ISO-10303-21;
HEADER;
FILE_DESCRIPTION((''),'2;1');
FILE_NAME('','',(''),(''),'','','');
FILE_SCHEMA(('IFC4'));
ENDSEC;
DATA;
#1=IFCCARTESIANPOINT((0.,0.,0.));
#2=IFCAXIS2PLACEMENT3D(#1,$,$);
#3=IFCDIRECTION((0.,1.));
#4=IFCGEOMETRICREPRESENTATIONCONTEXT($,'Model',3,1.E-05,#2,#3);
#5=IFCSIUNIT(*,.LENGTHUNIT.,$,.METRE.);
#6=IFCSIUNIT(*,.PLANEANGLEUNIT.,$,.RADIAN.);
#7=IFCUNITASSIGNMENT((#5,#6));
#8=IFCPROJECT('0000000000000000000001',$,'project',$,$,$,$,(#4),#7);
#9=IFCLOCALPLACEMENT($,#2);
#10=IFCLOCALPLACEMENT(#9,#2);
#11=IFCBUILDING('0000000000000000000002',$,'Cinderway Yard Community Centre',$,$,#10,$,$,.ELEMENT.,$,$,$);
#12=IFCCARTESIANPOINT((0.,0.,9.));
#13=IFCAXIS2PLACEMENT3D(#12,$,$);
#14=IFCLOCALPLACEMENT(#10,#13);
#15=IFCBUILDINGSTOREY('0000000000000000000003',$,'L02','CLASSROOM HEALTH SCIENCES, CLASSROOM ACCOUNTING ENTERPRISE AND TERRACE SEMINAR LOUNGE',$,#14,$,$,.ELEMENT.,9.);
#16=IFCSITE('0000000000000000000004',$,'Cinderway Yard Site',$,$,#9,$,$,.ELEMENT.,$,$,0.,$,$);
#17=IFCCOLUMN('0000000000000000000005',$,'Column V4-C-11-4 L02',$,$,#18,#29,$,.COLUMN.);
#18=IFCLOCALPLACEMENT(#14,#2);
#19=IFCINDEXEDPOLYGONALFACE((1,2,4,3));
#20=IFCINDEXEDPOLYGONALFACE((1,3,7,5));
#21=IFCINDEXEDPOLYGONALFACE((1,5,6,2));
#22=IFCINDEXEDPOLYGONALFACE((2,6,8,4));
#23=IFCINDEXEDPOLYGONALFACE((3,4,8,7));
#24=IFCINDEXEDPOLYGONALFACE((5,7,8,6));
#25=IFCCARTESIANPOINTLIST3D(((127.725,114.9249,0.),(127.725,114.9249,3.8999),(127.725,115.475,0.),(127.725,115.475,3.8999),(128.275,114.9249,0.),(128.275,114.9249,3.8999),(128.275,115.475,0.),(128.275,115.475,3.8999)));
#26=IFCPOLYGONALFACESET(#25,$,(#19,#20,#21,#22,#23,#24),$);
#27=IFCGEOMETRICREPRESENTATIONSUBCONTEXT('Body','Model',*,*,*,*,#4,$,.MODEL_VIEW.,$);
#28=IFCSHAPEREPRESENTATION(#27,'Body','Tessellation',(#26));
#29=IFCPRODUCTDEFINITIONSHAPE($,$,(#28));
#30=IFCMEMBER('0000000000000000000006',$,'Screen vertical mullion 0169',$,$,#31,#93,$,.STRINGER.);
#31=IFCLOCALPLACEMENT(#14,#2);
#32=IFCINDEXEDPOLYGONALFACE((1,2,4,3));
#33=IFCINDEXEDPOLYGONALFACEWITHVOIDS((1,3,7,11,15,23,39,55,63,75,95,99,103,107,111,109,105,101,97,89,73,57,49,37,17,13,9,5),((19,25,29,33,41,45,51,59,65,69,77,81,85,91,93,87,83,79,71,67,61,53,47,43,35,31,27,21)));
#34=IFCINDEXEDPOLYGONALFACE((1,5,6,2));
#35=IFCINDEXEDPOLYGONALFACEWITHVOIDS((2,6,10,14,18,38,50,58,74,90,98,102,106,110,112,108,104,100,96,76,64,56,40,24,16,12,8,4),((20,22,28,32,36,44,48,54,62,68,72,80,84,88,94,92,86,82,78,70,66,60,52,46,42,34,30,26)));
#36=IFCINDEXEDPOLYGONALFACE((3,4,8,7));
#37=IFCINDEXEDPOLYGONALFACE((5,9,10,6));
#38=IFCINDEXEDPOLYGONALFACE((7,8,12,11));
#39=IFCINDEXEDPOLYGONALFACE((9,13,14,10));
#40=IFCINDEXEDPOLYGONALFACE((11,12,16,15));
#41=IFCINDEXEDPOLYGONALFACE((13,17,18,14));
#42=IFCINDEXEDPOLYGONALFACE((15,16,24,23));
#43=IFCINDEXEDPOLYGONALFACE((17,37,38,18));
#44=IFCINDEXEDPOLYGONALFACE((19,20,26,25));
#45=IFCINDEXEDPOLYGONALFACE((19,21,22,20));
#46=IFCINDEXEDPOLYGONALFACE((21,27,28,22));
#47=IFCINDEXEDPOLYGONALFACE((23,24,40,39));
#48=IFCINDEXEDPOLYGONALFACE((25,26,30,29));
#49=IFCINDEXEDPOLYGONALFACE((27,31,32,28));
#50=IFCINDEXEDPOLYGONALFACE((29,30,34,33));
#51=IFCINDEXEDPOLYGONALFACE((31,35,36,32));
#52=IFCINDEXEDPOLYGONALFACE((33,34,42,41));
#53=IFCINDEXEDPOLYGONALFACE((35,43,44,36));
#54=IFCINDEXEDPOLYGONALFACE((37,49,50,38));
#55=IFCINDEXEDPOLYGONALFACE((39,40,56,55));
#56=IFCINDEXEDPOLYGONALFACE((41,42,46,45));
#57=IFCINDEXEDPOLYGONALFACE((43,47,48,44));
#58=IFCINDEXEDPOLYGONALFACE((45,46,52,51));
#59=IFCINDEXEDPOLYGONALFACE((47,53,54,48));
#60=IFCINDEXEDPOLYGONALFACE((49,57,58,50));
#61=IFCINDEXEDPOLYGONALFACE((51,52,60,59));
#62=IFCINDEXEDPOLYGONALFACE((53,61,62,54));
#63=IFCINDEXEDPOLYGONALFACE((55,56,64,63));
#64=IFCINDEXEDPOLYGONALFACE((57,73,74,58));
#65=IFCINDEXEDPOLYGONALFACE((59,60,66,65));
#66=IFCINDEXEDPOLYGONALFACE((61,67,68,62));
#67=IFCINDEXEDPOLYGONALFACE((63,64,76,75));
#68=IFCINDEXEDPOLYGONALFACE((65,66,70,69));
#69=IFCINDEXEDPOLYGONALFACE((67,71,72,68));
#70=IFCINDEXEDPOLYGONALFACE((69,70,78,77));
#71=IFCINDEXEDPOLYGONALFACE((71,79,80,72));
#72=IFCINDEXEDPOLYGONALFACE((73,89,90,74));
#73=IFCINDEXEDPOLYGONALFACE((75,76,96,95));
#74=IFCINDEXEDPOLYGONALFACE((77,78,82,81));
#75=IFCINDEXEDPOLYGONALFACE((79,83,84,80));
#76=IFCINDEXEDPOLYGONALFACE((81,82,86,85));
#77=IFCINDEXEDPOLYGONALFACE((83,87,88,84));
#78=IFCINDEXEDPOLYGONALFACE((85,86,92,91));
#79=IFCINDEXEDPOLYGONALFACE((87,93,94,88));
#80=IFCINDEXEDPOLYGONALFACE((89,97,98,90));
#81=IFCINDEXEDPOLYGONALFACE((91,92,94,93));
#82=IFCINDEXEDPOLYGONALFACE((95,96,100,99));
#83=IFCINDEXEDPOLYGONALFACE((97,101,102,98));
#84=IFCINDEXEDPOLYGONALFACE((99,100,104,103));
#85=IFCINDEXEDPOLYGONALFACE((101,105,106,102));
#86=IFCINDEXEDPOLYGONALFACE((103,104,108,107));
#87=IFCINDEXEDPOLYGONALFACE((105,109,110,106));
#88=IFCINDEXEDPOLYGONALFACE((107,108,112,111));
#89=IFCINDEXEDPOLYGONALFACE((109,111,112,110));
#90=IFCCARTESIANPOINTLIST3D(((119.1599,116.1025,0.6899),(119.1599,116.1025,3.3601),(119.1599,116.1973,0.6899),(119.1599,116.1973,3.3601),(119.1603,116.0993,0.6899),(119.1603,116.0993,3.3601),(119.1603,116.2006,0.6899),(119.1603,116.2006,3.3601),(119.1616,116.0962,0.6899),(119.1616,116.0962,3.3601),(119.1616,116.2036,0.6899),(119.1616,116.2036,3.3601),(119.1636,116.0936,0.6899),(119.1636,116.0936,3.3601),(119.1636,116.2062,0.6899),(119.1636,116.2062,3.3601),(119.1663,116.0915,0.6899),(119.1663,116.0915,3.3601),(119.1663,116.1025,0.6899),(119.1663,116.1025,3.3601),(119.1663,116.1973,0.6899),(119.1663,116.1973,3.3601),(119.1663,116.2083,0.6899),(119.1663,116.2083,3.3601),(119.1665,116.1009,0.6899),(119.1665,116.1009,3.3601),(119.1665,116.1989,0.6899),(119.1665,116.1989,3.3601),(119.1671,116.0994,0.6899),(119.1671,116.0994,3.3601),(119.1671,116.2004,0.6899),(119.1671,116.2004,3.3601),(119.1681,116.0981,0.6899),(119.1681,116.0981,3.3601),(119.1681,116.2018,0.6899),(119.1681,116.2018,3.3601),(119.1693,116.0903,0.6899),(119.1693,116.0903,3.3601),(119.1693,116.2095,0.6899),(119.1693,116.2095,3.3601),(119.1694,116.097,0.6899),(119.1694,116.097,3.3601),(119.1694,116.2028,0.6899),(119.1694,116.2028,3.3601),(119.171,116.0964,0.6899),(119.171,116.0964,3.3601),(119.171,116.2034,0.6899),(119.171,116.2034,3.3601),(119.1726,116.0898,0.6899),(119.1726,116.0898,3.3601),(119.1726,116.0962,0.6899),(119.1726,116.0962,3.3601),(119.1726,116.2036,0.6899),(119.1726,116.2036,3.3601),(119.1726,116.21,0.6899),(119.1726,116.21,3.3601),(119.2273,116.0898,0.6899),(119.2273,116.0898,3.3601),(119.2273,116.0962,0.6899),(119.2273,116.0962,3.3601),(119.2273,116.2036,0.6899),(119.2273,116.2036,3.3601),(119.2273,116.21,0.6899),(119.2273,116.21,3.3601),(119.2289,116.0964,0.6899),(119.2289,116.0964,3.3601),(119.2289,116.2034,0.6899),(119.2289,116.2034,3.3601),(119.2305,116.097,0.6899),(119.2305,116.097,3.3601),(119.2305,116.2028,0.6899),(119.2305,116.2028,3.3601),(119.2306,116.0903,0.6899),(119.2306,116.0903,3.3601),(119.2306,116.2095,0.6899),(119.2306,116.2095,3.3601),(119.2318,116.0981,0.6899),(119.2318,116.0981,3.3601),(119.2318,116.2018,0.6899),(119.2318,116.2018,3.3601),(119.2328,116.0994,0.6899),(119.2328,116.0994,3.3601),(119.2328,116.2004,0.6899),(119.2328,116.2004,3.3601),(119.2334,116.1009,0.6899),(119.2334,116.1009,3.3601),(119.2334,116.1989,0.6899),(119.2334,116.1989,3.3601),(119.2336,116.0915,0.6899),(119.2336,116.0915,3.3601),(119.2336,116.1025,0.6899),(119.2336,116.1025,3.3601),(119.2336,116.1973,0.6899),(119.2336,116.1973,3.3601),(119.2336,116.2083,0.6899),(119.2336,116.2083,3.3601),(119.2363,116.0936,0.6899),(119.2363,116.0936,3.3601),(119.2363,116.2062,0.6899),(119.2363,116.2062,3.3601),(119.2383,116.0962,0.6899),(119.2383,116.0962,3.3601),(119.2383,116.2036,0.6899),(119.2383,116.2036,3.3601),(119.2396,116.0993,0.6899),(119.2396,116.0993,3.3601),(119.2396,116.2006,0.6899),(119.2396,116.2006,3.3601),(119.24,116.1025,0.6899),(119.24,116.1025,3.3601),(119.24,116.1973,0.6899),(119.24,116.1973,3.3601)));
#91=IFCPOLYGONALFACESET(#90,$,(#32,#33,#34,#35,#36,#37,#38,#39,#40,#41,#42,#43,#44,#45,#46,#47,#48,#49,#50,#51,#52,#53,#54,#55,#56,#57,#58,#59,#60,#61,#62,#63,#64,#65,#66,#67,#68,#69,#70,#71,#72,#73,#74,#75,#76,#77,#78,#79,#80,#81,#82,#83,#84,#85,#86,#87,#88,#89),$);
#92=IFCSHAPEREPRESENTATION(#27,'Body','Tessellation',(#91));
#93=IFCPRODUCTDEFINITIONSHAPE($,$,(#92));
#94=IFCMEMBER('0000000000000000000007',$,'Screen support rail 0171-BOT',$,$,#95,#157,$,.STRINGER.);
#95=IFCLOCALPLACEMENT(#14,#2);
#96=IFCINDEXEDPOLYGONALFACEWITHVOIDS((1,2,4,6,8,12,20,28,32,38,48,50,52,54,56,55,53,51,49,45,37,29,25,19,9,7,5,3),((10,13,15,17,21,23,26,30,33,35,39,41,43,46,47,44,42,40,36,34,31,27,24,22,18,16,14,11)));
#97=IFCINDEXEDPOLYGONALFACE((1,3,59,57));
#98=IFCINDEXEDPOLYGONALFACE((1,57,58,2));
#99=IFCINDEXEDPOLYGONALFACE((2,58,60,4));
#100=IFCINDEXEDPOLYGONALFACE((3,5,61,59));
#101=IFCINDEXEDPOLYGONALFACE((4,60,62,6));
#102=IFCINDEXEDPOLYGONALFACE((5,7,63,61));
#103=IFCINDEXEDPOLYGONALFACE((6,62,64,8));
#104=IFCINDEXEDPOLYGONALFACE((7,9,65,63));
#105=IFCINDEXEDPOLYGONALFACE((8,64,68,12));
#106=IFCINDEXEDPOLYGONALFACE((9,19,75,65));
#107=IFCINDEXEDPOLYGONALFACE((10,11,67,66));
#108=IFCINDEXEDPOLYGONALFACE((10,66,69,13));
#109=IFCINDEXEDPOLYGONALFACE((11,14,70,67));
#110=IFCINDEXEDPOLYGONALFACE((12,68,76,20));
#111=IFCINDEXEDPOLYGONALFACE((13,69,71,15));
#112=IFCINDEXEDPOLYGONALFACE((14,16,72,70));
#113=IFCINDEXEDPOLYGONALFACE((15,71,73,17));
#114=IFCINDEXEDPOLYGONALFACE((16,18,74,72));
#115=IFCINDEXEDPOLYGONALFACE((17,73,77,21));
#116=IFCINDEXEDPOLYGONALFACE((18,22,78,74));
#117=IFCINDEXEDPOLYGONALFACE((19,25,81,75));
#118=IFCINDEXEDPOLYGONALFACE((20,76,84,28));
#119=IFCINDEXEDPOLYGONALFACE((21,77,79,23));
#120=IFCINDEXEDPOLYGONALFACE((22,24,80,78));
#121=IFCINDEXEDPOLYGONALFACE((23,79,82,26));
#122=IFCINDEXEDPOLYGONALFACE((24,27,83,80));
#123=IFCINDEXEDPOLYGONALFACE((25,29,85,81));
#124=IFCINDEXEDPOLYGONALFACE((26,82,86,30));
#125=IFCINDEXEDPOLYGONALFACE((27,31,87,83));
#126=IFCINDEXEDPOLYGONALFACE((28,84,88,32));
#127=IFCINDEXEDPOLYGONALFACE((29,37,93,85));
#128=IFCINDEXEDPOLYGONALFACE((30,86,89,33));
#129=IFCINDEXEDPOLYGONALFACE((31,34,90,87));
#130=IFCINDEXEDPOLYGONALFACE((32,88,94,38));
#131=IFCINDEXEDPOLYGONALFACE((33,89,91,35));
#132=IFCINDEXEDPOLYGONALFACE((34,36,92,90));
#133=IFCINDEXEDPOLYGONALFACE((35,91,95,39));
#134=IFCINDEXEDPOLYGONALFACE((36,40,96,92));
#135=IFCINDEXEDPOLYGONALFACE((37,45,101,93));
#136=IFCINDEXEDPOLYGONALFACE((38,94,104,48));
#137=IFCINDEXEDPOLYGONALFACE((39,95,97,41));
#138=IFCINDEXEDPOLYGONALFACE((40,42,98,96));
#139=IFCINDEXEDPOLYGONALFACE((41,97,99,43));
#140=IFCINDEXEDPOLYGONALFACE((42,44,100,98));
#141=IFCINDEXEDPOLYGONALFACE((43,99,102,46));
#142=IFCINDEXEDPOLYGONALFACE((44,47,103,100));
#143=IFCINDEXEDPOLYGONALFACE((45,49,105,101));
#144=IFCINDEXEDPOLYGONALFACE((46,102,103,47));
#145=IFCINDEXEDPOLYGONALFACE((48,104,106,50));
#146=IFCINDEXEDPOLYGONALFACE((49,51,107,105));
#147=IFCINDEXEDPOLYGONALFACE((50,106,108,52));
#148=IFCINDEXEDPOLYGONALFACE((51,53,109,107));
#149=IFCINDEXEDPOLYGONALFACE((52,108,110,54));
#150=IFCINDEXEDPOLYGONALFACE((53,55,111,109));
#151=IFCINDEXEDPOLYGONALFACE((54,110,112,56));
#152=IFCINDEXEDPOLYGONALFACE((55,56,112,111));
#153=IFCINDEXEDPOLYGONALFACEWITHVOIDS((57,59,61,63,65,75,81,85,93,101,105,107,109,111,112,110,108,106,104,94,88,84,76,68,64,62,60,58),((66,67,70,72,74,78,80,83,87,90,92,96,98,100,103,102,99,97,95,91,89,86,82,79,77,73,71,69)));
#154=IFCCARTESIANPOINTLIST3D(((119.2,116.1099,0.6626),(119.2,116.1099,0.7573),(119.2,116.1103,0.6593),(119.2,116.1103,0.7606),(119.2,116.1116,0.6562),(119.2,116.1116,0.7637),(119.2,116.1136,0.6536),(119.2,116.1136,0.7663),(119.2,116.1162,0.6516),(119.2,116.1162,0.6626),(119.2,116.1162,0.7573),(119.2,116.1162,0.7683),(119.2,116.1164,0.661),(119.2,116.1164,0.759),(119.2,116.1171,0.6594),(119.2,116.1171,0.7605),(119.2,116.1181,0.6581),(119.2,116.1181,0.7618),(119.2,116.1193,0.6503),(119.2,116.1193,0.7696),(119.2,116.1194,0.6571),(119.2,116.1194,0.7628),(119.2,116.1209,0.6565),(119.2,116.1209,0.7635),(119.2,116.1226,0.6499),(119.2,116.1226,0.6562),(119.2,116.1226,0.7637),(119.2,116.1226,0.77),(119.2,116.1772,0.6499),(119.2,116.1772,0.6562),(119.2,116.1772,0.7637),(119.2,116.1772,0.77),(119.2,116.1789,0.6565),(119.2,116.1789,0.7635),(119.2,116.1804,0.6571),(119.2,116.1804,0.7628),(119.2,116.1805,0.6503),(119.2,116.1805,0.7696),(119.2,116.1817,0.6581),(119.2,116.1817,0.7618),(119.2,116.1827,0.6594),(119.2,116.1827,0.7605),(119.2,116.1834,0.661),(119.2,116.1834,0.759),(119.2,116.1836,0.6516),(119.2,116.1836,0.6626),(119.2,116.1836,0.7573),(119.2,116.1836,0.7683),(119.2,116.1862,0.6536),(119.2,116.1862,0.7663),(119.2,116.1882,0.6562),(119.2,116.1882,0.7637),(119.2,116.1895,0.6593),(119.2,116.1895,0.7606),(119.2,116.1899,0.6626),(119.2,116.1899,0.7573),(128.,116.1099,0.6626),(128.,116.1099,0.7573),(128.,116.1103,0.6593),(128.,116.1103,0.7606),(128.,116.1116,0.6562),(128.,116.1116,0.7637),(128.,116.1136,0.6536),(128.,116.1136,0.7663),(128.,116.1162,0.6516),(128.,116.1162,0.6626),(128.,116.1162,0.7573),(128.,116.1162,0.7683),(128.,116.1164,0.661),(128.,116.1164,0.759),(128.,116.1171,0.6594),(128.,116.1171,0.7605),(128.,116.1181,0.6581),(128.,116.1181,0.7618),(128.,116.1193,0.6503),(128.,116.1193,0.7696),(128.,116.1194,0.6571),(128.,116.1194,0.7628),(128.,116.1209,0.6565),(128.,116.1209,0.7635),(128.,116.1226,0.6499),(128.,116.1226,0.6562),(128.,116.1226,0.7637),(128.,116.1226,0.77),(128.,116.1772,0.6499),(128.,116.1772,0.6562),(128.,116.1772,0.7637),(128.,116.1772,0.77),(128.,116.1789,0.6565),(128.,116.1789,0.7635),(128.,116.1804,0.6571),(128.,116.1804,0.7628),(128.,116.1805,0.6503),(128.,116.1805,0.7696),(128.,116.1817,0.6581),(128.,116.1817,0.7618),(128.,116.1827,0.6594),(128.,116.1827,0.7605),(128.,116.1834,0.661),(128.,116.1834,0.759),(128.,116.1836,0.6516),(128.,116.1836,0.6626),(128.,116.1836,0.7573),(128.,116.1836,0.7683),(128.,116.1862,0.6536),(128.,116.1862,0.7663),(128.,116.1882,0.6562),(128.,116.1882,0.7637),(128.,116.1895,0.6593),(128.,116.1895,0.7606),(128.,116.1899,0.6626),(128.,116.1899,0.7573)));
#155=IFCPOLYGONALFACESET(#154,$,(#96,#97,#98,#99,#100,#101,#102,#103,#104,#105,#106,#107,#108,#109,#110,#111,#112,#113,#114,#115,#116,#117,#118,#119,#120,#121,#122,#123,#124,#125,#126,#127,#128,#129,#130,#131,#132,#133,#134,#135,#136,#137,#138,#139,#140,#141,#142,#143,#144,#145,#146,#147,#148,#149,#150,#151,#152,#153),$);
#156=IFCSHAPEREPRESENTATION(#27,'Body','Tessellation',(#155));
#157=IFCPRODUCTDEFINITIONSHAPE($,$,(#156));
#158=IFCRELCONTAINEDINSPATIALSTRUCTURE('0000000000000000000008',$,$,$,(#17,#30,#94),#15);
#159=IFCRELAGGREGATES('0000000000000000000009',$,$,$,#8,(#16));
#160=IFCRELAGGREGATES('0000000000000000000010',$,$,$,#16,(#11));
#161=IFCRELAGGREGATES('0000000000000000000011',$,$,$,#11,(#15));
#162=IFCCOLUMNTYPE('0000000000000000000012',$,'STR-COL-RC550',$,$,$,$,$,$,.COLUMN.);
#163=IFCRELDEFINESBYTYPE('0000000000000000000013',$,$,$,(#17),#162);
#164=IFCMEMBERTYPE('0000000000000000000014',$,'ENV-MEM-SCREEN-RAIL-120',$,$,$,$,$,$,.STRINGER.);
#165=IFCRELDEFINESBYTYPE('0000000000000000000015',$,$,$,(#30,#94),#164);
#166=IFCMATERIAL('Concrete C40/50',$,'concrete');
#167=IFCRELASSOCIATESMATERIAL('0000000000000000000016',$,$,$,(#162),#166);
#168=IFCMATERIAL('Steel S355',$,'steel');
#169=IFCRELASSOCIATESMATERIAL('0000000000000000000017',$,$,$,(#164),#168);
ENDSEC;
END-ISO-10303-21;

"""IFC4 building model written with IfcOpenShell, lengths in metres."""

from ifc_helpers import new_model, si_unit, direction, frame, origin, origin_2d, place, context, subcontext, project, spatial, rectangle, hollow_rectangle, extrude, material, material_profile, profile_set, type_object, element, save


model = new_model("IFC4")

# Units and contexts
model_context = context("Model", 3, precision=1e-05, world=origin(), true_north=direction((0.0, 1.0)))
body_context = subcontext(model_context, "Body", "Model", "MODEL_VIEW")
ifc_project = project(units=[si_unit("LENGTHUNIT", "METRE"), si_unit("PLANEANGLEUNIT", "RADIAN")], contexts=[model_context])

# Site, building, storey
site_placement = place(None, origin())
site = spatial("IfcSite", under=ifc_project, at=site_placement, Name="Cinderway Yard Site", CompositionType="ELEMENT", RefElevation=0.0)
building_placement = place(site_placement, origin())
building = spatial("IfcBuilding", under=site, at=building_placement, Name="Cinderway Yard Community Centre", CompositionType="ELEMENT")
storey_placement = place(building_placement, frame((0.0, 0.0, 9.0)))
storey = spatial("IfcBuildingStorey", under=building, at=storey_placement, Name="L02", Description="CLASSROOM HEALTH SCIENCES, CLASSROOM ACCOUNTING ENTERPRISE AND TERRACE SEMINAR LOUNGE", CompositionType="ELEMENT", Elevation=9.0)

# Column
ifc_material_1 = material(Name="Concrete C40/50", Category="concrete")
ifc_material_profile_1 = material_profile(ifc_material_1, rectangle(XDim=0.55, YDim=0.55, at=origin_2d()), Name="Concrete C40/50")
ifc_profile_set_1 = profile_set([ifc_material_profile_1], Name="Concrete C40/50")
column_type = type_object("IfcColumnType", Name="STR-COL-RC550", PredefinedType="COLUMN", material=ifc_profile_set_1)
column_placement = place(storey_placement, frame((128.0, 115.2, 0.0), z_axis=(0.0, 0.0, 1.0), x_axis=(1.0, 0.0, 0.0)))
element("IfcColumn", 1, at=column_placement, inside=storey, type_object=column_type, Name="Column V4-C-11-4 L02", PredefinedType="COLUMN", context=body_context, shape_type="SweptSolid", body=[
    extrude(rectangle(XDim=0.55, YDim=0.55, at=origin_2d()), origin(), (0.0, 0.0, 1.0), 3.8999),
])

# Members
ifc_material_2 = material(Name="Steel S355", Category="steel")
ifc_material_profile_2 = material_profile(ifc_material_2, hollow_rectangle(XDim=0.0801, YDim=0.1201, WallThickness=0.0063, InnerFilletRadius=0.0063, OuterFilletRadius=0.0127, at=origin_2d()), Name="Steel S355")
ifc_profile_set_2 = profile_set([ifc_material_profile_2], Name="Steel S355")
member_type_1 = type_object("IfcMemberType", Name="ENV-MEM-SCREEN-RAIL-120", PredefinedType="STRINGER", material=ifc_profile_set_2)
member_placement = place(storey_placement, frame((119.2, 116.1499, 0.6899), z_axis=(0.0, 0.0, 1.0), x_axis=(1.0, 0.0, 0.0)))
element("IfcMember", 2, at=member_placement, inside=storey, type_object=member_type_1, Name="Screen vertical mullion 0169", PredefinedType="STRINGER", context=body_context, shape_type="SweptSolid", body=[
    extrude(hollow_rectangle(XDim=0.0801, YDim=0.1201, WallThickness=0.0063, InnerFilletRadius=0.0063, OuterFilletRadius=0.0127, at=origin_2d()), origin(), (0.0, 0.0, 1.0), 2.6702),
])
for number, where, z_axis, x_axis, name in (
    (3, (119.2, 116.1499, 0.71), (1.0, 0.0, 0.0), (0.0, 1.0, 0.0), "Screen support rail 0171-BOT"),
):
    element("IfcMember", number, at=place(storey_placement, frame(where, z_axis=z_axis, x_axis=x_axis)), inside=storey, type_object=member_type_1, Name=name, PredefinedType="STRINGER", context=body_context, shape_type="SweptSolid", body=[
        extrude(hollow_rectangle(XDim=0.0801, YDim=0.1201, WallThickness=0.0063, InnerFilletRadius=0.0063, OuterFilletRadius=0.0127, at=origin_2d()), origin(), (0.0, 0.0, 1.0), 8.8),
    ])

save(model, "model.ifc")
